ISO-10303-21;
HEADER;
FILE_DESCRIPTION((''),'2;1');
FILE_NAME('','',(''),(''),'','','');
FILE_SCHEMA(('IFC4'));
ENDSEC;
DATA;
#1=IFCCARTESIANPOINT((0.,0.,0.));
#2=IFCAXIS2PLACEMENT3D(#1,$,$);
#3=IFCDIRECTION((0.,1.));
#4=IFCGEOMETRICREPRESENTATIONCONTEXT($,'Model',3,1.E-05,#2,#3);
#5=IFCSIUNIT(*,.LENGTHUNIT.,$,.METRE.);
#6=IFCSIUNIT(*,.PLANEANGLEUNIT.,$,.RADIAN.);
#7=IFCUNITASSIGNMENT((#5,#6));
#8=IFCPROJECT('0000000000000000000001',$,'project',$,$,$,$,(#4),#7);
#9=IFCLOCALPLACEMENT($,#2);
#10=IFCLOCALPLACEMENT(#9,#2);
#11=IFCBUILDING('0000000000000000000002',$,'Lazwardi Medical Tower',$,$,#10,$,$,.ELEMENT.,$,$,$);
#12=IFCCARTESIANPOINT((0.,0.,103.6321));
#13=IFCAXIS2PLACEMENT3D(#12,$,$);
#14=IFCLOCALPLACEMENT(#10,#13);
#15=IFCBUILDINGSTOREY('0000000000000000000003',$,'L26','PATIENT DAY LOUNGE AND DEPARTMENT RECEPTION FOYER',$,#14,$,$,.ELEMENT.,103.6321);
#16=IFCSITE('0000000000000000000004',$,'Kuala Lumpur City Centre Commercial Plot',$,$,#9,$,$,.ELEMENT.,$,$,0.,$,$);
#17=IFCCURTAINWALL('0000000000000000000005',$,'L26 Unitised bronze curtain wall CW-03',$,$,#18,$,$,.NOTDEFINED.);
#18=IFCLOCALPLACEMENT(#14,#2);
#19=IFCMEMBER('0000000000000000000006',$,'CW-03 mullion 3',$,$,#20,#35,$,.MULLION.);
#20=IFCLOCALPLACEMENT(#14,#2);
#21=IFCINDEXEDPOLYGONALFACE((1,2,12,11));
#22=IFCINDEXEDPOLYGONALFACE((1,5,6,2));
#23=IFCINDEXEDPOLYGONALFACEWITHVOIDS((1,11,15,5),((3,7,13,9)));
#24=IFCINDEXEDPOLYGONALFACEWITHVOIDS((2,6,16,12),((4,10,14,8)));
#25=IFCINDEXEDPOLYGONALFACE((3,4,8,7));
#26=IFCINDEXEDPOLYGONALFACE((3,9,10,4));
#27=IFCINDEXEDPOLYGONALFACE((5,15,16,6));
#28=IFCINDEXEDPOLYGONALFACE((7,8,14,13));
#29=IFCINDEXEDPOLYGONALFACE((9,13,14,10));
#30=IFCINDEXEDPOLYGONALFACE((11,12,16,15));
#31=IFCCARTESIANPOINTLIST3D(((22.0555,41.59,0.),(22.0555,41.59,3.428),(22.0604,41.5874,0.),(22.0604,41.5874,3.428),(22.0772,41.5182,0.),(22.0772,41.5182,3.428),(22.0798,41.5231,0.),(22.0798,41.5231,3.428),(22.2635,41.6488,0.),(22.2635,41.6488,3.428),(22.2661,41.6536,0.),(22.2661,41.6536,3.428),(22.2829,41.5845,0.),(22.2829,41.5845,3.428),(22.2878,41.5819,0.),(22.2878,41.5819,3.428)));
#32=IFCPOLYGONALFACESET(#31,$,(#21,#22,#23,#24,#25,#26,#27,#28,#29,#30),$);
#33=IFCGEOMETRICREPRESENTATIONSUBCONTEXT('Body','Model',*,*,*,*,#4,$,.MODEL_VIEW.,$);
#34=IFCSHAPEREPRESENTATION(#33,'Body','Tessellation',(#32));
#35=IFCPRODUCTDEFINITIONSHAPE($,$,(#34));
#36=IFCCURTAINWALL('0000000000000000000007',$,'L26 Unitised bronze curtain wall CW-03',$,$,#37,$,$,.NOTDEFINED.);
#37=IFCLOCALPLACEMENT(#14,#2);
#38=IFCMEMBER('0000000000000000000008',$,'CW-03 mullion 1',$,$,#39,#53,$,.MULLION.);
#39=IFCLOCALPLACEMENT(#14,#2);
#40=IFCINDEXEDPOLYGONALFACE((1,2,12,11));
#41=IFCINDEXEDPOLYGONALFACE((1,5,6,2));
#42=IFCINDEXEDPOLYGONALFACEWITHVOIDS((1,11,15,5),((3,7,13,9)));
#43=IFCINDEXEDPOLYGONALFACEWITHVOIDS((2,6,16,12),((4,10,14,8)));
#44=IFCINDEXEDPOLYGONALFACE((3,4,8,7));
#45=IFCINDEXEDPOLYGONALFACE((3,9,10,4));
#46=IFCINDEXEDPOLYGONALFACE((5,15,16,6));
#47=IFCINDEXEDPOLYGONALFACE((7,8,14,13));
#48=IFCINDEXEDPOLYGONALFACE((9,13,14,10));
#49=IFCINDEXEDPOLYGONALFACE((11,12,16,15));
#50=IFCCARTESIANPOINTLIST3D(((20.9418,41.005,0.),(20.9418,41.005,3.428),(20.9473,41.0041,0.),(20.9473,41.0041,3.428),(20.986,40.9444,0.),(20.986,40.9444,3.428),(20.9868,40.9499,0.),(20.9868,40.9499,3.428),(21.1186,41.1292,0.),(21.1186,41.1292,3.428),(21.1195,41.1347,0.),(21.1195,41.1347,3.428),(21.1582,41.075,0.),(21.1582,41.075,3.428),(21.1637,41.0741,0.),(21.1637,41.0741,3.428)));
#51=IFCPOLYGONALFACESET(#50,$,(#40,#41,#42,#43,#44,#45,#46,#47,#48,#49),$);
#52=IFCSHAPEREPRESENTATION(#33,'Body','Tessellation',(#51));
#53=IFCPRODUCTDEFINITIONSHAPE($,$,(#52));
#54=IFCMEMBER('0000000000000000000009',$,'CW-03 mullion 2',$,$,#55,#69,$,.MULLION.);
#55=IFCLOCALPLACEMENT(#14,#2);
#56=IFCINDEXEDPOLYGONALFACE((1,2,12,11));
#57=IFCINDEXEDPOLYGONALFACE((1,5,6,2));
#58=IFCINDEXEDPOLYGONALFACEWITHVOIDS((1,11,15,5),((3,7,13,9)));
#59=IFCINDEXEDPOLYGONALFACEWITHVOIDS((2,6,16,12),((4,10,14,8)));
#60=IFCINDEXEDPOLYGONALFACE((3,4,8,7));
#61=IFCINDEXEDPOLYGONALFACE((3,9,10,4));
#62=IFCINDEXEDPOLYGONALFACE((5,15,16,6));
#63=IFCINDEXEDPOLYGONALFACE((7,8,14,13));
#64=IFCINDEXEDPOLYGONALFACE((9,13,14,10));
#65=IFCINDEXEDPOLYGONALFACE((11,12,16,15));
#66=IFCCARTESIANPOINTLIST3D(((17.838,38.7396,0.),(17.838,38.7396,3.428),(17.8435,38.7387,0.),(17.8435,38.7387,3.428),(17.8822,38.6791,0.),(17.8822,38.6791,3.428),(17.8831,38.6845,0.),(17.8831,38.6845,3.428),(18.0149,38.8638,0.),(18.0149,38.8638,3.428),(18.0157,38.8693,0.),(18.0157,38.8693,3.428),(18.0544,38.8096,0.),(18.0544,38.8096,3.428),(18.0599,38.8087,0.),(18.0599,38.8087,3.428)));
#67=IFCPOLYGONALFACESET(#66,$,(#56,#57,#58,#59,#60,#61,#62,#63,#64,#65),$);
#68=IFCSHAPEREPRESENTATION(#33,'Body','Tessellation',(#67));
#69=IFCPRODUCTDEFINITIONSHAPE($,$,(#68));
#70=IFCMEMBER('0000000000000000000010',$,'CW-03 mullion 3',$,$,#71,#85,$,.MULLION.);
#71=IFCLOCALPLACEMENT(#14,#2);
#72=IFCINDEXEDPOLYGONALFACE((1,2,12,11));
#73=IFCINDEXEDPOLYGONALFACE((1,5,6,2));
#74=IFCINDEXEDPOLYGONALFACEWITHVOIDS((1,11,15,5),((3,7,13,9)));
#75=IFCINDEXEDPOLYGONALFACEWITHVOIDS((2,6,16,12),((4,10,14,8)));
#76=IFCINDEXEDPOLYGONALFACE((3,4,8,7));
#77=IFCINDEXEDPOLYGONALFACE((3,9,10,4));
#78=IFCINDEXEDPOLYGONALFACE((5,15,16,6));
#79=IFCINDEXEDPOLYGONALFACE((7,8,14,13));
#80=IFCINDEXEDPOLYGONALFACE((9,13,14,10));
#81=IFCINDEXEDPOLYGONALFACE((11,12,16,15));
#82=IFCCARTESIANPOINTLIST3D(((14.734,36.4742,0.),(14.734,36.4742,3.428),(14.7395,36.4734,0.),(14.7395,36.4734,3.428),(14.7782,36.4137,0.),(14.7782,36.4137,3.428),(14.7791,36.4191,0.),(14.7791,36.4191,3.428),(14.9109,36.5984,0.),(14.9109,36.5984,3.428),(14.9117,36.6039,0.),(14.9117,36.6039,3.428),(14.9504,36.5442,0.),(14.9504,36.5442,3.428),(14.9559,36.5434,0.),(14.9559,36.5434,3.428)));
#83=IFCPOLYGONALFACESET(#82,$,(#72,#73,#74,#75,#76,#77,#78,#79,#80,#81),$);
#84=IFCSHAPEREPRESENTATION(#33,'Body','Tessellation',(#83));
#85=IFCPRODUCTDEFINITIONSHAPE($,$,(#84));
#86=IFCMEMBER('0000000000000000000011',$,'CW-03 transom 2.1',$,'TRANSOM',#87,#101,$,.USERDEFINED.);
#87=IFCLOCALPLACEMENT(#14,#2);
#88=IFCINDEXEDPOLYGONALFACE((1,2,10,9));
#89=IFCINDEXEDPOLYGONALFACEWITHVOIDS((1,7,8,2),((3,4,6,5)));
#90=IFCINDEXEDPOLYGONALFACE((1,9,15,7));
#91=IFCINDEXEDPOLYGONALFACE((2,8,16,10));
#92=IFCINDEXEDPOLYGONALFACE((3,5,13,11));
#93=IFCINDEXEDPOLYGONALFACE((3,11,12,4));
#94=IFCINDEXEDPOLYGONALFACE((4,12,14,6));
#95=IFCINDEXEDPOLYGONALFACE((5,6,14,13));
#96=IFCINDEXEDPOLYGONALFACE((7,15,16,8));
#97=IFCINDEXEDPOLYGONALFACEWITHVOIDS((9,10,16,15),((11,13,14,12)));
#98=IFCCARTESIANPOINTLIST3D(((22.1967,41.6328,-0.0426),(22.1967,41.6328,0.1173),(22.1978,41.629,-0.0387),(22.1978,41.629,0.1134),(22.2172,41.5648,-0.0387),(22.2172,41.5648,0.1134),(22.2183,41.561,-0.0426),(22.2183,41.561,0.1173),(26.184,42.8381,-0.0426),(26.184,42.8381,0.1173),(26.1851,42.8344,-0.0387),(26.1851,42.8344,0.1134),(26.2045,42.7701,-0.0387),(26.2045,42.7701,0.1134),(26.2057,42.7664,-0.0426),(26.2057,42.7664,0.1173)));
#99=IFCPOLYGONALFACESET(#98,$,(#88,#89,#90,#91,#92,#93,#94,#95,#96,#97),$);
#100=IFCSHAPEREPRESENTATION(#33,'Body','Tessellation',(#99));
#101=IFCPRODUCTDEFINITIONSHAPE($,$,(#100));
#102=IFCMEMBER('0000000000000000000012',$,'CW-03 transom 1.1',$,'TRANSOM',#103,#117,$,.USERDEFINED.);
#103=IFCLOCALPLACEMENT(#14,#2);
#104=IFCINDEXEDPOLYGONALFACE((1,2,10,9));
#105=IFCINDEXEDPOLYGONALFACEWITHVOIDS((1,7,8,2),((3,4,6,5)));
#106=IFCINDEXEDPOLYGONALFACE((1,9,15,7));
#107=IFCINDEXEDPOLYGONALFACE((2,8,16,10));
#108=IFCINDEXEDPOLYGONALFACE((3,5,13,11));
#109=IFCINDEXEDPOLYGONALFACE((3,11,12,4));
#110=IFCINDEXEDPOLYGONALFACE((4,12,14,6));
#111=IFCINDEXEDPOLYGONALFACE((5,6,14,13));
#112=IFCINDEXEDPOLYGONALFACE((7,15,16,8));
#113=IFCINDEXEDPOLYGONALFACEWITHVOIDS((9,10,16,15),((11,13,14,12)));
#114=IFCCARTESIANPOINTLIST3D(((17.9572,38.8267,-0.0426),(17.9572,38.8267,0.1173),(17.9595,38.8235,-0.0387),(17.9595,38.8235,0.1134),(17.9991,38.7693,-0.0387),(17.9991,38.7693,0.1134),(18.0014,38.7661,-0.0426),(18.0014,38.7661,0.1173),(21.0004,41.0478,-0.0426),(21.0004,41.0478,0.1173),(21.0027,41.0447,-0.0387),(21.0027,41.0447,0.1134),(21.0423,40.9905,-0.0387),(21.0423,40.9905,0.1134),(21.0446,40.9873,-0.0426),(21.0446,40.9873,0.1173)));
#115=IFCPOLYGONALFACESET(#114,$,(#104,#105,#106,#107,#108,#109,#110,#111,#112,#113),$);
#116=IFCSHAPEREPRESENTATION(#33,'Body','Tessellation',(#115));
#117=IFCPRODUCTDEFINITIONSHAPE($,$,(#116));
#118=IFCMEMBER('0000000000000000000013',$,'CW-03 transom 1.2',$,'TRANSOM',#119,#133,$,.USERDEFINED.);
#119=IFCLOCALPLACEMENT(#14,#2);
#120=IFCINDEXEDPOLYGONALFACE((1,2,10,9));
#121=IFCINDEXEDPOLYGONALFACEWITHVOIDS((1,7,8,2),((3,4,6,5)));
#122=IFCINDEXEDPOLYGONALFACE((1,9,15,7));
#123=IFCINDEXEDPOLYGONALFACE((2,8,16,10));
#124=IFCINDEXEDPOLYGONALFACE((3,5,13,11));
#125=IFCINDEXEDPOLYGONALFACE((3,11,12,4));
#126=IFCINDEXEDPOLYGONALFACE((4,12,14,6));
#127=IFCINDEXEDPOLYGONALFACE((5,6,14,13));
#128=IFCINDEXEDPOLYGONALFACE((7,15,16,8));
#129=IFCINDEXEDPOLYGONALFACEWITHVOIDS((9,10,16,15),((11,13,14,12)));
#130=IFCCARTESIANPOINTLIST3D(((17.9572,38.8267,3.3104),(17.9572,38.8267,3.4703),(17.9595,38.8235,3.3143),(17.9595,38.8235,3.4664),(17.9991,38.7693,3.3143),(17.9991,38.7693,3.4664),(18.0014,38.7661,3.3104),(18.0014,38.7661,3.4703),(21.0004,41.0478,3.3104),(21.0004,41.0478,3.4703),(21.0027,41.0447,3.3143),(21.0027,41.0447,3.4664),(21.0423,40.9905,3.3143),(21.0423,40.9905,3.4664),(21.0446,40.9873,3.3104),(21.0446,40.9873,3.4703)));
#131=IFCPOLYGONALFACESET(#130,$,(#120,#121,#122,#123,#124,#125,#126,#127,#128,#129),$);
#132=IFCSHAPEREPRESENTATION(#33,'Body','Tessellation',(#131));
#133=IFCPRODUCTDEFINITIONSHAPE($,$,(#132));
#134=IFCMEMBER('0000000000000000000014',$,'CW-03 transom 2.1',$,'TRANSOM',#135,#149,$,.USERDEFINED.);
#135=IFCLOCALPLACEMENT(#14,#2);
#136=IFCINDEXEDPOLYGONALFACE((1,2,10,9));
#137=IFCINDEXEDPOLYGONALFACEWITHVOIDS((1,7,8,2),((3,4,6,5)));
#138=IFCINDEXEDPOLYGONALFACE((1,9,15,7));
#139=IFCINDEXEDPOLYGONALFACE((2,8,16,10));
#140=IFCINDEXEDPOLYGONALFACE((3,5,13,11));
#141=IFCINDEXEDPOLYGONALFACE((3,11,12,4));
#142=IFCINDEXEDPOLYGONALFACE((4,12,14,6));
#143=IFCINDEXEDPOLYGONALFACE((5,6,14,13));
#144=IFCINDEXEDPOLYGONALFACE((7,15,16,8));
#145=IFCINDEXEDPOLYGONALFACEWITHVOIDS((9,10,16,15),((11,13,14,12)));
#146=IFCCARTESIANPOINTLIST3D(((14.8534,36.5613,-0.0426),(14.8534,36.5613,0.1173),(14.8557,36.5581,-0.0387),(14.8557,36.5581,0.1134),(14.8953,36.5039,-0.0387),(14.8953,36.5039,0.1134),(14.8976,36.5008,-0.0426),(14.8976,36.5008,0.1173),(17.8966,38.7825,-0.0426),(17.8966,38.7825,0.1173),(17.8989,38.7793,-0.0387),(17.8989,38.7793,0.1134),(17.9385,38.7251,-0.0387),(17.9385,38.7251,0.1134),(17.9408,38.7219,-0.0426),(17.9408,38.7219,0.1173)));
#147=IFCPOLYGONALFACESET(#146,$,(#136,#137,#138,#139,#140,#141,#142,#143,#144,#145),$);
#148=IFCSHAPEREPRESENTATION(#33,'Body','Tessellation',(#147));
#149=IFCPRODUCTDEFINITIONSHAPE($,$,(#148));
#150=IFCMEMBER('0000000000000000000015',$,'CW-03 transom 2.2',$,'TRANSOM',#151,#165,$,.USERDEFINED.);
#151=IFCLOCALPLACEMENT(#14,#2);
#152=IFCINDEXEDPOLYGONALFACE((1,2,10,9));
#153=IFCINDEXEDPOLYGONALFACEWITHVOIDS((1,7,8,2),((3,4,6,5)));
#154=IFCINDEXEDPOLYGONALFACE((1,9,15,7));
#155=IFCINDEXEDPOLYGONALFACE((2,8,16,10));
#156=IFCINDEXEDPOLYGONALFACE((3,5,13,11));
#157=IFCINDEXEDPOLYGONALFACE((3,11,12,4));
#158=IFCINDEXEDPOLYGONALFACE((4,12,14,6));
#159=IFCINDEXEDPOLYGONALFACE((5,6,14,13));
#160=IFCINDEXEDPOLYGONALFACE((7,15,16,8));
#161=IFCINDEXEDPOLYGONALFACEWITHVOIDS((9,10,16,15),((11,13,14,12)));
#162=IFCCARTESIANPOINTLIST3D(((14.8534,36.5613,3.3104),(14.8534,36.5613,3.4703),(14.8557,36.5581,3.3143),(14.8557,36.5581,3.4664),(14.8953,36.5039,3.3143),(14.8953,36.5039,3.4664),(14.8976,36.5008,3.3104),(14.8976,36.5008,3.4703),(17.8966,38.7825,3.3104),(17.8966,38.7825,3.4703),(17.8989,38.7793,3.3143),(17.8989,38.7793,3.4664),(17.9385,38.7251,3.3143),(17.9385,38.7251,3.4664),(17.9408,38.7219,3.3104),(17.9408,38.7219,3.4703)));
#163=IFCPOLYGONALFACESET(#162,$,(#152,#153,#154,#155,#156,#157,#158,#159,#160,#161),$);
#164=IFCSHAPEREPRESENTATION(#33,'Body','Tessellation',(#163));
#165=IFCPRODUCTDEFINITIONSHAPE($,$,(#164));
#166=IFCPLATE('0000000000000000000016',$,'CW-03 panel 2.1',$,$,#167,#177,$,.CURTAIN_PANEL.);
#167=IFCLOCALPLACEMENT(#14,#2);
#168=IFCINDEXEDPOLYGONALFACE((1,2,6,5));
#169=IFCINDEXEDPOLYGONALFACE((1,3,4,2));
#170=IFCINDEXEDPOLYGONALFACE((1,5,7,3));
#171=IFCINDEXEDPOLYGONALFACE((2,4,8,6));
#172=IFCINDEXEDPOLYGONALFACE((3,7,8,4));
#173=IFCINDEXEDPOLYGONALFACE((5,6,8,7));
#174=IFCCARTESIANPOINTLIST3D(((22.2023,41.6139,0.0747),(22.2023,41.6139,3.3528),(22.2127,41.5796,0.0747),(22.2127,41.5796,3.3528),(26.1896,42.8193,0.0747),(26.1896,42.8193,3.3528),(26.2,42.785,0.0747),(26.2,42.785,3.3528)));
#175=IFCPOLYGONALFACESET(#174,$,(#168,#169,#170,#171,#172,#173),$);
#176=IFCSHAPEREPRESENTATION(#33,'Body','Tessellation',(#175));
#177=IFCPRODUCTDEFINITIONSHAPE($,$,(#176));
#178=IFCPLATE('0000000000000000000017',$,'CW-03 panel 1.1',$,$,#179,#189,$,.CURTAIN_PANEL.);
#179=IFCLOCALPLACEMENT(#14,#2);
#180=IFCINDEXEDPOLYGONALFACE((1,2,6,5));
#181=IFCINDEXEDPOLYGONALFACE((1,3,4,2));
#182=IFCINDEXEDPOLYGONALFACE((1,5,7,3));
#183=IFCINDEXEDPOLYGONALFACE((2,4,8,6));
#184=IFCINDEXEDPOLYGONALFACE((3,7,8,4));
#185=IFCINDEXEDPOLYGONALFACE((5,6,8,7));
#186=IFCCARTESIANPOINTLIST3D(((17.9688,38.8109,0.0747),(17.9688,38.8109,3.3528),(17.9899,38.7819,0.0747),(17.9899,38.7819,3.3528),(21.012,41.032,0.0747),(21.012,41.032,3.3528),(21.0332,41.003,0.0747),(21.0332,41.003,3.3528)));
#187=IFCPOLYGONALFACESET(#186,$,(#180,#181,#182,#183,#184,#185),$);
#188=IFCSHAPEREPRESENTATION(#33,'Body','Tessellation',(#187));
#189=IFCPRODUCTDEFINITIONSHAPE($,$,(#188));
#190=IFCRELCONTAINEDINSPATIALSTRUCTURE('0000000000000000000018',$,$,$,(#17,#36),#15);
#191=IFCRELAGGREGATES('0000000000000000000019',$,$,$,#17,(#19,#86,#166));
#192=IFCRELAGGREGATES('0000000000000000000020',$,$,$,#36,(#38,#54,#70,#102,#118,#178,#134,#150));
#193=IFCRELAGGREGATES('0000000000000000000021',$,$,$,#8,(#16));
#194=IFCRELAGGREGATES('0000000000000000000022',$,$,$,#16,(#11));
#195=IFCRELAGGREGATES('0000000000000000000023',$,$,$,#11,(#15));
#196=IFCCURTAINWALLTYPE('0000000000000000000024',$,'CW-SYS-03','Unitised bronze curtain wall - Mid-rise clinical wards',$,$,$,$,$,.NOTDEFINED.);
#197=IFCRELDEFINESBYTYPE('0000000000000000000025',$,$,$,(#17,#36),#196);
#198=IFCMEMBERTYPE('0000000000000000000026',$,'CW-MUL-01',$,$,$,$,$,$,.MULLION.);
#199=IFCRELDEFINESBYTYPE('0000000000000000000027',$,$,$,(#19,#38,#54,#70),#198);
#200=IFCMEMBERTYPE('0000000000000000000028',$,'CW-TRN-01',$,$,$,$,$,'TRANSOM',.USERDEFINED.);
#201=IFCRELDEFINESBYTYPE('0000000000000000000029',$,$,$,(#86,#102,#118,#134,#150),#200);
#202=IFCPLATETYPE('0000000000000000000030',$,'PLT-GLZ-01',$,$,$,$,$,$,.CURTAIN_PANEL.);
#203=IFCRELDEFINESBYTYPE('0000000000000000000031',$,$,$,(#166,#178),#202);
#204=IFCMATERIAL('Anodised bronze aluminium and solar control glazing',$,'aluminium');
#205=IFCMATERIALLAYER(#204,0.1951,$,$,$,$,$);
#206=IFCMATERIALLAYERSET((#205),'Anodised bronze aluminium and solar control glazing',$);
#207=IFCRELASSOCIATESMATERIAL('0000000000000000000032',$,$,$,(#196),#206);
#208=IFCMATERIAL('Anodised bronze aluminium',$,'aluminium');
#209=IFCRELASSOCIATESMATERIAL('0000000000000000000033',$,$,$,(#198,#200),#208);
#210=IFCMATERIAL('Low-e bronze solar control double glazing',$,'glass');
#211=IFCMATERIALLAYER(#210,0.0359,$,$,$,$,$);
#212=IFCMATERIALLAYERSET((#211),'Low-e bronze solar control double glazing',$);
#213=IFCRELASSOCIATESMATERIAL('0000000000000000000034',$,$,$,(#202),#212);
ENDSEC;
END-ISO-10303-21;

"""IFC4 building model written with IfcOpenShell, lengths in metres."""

from ifc_helpers import new_model, si_unit, direction, frame, origin, origin_2d, place, context, subcontext, project, spatial, rectangle, hollow_rectangle, extrude, material, layer, layer_set, material_profile, profile_set, type_object, element, aggregate, save


model = new_model("IFC4")

# Units and contexts
model_context = context("Model", 3, precision=1e-05, world=origin(), true_north=direction((0.0, 1.0)))
body_context = subcontext(model_context, "Body", "Model", "MODEL_VIEW")
ifc_project = project(units=[si_unit("LENGTHUNIT", "METRE"), si_unit("PLANEANGLEUNIT", "RADIAN")], contexts=[model_context])

# Site, building, storey
site_placement = place(None, origin())
site = spatial("IfcSite", under=ifc_project, at=site_placement, Name="Kuala Lumpur City Centre Commercial Plot", CompositionType="ELEMENT", RefElevation=0.0)
building_placement = place(site_placement, origin())
building = spatial("IfcBuilding", under=site, at=building_placement, Name="Lazwardi Medical Tower", CompositionType="ELEMENT")
storey_placement = place(building_placement, frame((0.0, 0.0, 103.6321)))
storey = spatial("IfcBuildingStorey", under=building, at=storey_placement, Name="L26", Description="PATIENT DAY LOUNGE AND DEPARTMENT RECEPTION FOYER", CompositionType="ELEMENT", Elevation=103.6321)

# Curtain wall, member
ifc_material_1 = material(Name="Anodised bronze aluminium and solar control glazing", Category="aluminium")
ifc_layer_1 = layer(ifc_material_1, 0.1951)
ifc_layer_set_1 = layer_set([ifc_layer_1], Name="Anodised bronze aluminium and solar control glazing")
curtain_wall_type = type_object("IfcCurtainWallType", Name="CW-SYS-03", Description="Unitised bronze curtain wall - Mid-rise clinical wards", PredefinedType="NOTDEFINED", material=ifc_layer_set_1)
curtain_wall_1_placement = place(storey_placement, origin())
curtain_wall_1 = element("IfcCurtainWall", 1, at=curtain_wall_1_placement, inside=storey, type_object=curtain_wall_type, Name="L26 Unitised bronze curtain wall CW-03", PredefinedType="NOTDEFINED")
ifc_material_2 = material(Name="Anodised bronze aluminium", Category="aluminium")
ifc_material_profile_1 = material_profile(ifc_material_2, hollow_rectangle(XDim=0.075, YDim=0.22, WallThickness=0.0039, at=origin_2d()), Name="ALU-MULLION 220x75x4")
ifc_profile_set_1 = profile_set([ifc_material_profile_1], Name="Anodised bronze aluminium")
member_type_1 = type_object("IfcMemberType", Name="CW-MUL-01", PredefinedType="MULLION", material=ifc_profile_set_1)
member_1_placement = place(storey_placement, frame((22.1716, 41.5859, 0.0), z_axis=(0.0, 0.0, 1.0), x_axis=(0.289374, -0.957216, 0.0)))
member_1 = element("IfcMember", 2, at=member_1_placement, type_object=member_type_1, Name="CW-03 mullion 3", PredefinedType="MULLION", context=body_context, shape_type="SweptSolid", body=[
    extrude(hollow_rectangle(XDim=0.075, YDim=0.22, WallThickness=0.0039, at=origin_2d()), origin(), (0.0, 0.0, 1.0), 3.428),
])

# Curtain wall, members
curtain_wall_2_placement = place(storey_placement, origin())
curtain_wall_2 = element("IfcCurtainWall", 3, at=curtain_wall_2_placement, inside=storey, type_object=curtain_wall_type, Name="L26 Unitised bronze curtain wall CW-03", PredefinedType="NOTDEFINED")
member_2_placement = place(storey_placement, frame((21.0527, 41.0396, 0.0), z_axis=(0.0, 0.0, 1.0), x_axis=(0.589531, -0.807746, 0.0)))
member_2 = element("IfcMember", 4, at=member_2_placement, type_object=member_type_1, Name="CW-03 mullion 1", PredefinedType="MULLION", context=body_context, shape_type="SweptSolid", body=[
    extrude(hollow_rectangle(XDim=0.075, YDim=0.22, WallThickness=0.0039, at=origin_2d()), origin(), (0.0, 0.0, 1.0), 3.428),
])
member_3_placement = place(storey_placement, frame((17.949, 38.7742, 0.0), z_axis=(0.0, 0.0, 1.0), x_axis=(0.589531, -0.807746, 0.0)))
member_3 = element("IfcMember", 5, at=member_3_placement, type_object=member_type_1, Name="CW-03 mullion 2", PredefinedType="MULLION", context=body_context, shape_type="SweptSolid", body=[
    extrude(hollow_rectangle(XDim=0.075, YDim=0.22, WallThickness=0.0039, at=origin_2d()), origin(), (0.0, 0.0, 1.0), 3.428),
])
member_4_placement = place(storey_placement, frame((14.845, 36.5088, 0.0), z_axis=(0.0, 0.0, 1.0), x_axis=(0.589531, -0.807746, 0.0)))
member_4 = element("IfcMember", 6, at=member_4_placement, type_object=member_type_1, Name="CW-03 mullion 3", PredefinedType="MULLION", context=body_context, shape_type="SweptSolid", body=[
    extrude(hollow_rectangle(XDim=0.075, YDim=0.22, WallThickness=0.0039, at=origin_2d()), origin(), (0.0, 0.0, 1.0), 3.428),
])

# Members
ifc_material_profile_2 = material_profile(ifc_material_2, hollow_rectangle(XDim=0.075, YDim=0.1599, WallThickness=0.0039, at=origin_2d()), Name="ALU-TRANSOM 160x75x4")
ifc_profile_set_2 = profile_set([ifc_material_profile_2], Name="Anodised bronze aluminium")
member_type_2 = type_object("IfcMemberType", Name="CW-TRN-01", ElementType="TRANSOM", PredefinedType="USERDEFINED", material=ifc_profile_set_2)
member_5_placement = place(storey_placement, frame((26.1948, 42.8022, 0.0374), z_axis=(-0.957221, -0.289358, 0.0), x_axis=(0.289358, -0.957221, 0.0)))
member_5 = element("IfcMember", 7, at=member_5_placement, type_object=member_type_2, Name="CW-03 transom 2.1", ObjectType="TRANSOM", PredefinedType="USERDEFINED", context=body_context, shape_type="SweptSolid", body=[
    extrude(hollow_rectangle(XDim=0.075, YDim=0.1599, WallThickness=0.0039, at=origin_2d()), origin(), (0.0, 0.0, 1.0), 4.1655),
])
member_6_placement = place(storey_placement, frame((21.0225, 41.0176, 0.0374), z_axis=(-0.807732, -0.58955, 0.0), x_axis=(0.58955, -0.807732, 0.0)))
member_6 = element("IfcMember", 8, at=member_6_placement, type_object=member_type_2, Name="CW-03 transom 1.1", ObjectType="TRANSOM", PredefinedType="USERDEFINED", context=body_context, shape_type="SweptSolid", body=[
    extrude(hollow_rectangle(XDim=0.075, YDim=0.1599, WallThickness=0.0039, at=origin_2d()), origin(), (0.0, 0.0, 1.0), 3.7676),
])
member_7_placement = place(storey_placement, frame((21.0225, 41.0176, 3.3904), z_axis=(-0.807732, -0.58955, 0.0), x_axis=(0.58955, -0.807732, 0.0)))
member_7 = element("IfcMember", 9, at=member_7_placement, type_object=member_type_2, Name="CW-03 transom 1.2", ObjectType="TRANSOM", PredefinedType="USERDEFINED", context=body_context, shape_type="SweptSolid", body=[
    extrude(hollow_rectangle(XDim=0.075, YDim=0.1599, WallThickness=0.0039, at=origin_2d()), origin(), (0.0, 0.0, 1.0), 3.7676),
])
member_8_placement = place(storey_placement, frame((17.9187, 38.7522, 0.0374), z_axis=(-0.807732, -0.58955, 0.0), x_axis=(0.58955, -0.807732, 0.0)))
member_8 = element("IfcMember", 10, at=member_8_placement, type_object=member_type_2, Name="CW-03 transom 2.1", ObjectType="TRANSOM", PredefinedType="USERDEFINED", context=body_context, shape_type="SweptSolid", body=[
    extrude(hollow_rectangle(XDim=0.075, YDim=0.1599, WallThickness=0.0039, at=origin_2d()), origin(), (0.0, 0.0, 1.0), 3.7676),
])
member_9_placement = place(storey_placement, frame((17.9187, 38.7522, 3.3904), z_axis=(-0.807732, -0.58955, 0.0), x_axis=(0.58955, -0.807732, 0.0)))
member_9 = element("IfcMember", 11, at=member_9_placement, type_object=member_type_2, Name="CW-03 transom 2.2", ObjectType="TRANSOM", PredefinedType="USERDEFINED", context=body_context, shape_type="SweptSolid", body=[
    extrude(hollow_rectangle(XDim=0.075, YDim=0.1599, WallThickness=0.0039, at=origin_2d()), origin(), (0.0, 0.0, 1.0), 3.7676),
])

# Plates
ifc_material_3 = material(Name="Low-e bronze solar control double glazing", Category="glass")
ifc_layer_2 = layer(ifc_material_3, 0.0359)
ifc_layer_set_2 = layer_set([ifc_layer_2], Name="Low-e bronze solar control double glazing")
plate_type = type_object("IfcPlateType", Name="PLT-GLZ-01", PredefinedType="CURTAIN_PANEL", material=ifc_layer_set_2)
plate_1_placement = place(storey_placement, frame((24.2012, 42.1995, 0.0747), z_axis=(0.0, 0.0, 1.0), x_axis=(-0.957216, -0.289374, 0.0)))
plate_1 = element("IfcPlate", 12, at=plate_1_placement, type_object=plate_type, Name="CW-03 panel 2.1", PredefinedType="CURTAIN_PANEL", context=body_context, shape_type="SweptSolid", body=[
    extrude(rectangle(XDim=4.1655, YDim=0.0359, at=origin_2d()), origin(), (0.0, 0.0, 1.0), 3.2781),
])
aggregate(curtain_wall_1, [member_1, member_5, plate_1])
plate_2_placement = place(storey_placement, frame((19.501, 39.907, 0.0747), z_axis=(0.0, 0.0, 1.0), x_axis=(-0.807746, -0.589531, 0.0)))
plate_2 = element("IfcPlate", 13, at=plate_2_placement, type_object=plate_type, Name="CW-03 panel 1.1", PredefinedType="CURTAIN_PANEL", context=body_context, shape_type="SweptSolid", body=[
    extrude(rectangle(XDim=3.7676, YDim=0.0359, at=origin_2d()), origin(), (0.0, 0.0, 1.0), 3.2781),
])
aggregate(curtain_wall_2, [member_2, member_3, member_4, member_6, member_7, plate_2, member_8, member_9])

save(model, "model.ifc")
